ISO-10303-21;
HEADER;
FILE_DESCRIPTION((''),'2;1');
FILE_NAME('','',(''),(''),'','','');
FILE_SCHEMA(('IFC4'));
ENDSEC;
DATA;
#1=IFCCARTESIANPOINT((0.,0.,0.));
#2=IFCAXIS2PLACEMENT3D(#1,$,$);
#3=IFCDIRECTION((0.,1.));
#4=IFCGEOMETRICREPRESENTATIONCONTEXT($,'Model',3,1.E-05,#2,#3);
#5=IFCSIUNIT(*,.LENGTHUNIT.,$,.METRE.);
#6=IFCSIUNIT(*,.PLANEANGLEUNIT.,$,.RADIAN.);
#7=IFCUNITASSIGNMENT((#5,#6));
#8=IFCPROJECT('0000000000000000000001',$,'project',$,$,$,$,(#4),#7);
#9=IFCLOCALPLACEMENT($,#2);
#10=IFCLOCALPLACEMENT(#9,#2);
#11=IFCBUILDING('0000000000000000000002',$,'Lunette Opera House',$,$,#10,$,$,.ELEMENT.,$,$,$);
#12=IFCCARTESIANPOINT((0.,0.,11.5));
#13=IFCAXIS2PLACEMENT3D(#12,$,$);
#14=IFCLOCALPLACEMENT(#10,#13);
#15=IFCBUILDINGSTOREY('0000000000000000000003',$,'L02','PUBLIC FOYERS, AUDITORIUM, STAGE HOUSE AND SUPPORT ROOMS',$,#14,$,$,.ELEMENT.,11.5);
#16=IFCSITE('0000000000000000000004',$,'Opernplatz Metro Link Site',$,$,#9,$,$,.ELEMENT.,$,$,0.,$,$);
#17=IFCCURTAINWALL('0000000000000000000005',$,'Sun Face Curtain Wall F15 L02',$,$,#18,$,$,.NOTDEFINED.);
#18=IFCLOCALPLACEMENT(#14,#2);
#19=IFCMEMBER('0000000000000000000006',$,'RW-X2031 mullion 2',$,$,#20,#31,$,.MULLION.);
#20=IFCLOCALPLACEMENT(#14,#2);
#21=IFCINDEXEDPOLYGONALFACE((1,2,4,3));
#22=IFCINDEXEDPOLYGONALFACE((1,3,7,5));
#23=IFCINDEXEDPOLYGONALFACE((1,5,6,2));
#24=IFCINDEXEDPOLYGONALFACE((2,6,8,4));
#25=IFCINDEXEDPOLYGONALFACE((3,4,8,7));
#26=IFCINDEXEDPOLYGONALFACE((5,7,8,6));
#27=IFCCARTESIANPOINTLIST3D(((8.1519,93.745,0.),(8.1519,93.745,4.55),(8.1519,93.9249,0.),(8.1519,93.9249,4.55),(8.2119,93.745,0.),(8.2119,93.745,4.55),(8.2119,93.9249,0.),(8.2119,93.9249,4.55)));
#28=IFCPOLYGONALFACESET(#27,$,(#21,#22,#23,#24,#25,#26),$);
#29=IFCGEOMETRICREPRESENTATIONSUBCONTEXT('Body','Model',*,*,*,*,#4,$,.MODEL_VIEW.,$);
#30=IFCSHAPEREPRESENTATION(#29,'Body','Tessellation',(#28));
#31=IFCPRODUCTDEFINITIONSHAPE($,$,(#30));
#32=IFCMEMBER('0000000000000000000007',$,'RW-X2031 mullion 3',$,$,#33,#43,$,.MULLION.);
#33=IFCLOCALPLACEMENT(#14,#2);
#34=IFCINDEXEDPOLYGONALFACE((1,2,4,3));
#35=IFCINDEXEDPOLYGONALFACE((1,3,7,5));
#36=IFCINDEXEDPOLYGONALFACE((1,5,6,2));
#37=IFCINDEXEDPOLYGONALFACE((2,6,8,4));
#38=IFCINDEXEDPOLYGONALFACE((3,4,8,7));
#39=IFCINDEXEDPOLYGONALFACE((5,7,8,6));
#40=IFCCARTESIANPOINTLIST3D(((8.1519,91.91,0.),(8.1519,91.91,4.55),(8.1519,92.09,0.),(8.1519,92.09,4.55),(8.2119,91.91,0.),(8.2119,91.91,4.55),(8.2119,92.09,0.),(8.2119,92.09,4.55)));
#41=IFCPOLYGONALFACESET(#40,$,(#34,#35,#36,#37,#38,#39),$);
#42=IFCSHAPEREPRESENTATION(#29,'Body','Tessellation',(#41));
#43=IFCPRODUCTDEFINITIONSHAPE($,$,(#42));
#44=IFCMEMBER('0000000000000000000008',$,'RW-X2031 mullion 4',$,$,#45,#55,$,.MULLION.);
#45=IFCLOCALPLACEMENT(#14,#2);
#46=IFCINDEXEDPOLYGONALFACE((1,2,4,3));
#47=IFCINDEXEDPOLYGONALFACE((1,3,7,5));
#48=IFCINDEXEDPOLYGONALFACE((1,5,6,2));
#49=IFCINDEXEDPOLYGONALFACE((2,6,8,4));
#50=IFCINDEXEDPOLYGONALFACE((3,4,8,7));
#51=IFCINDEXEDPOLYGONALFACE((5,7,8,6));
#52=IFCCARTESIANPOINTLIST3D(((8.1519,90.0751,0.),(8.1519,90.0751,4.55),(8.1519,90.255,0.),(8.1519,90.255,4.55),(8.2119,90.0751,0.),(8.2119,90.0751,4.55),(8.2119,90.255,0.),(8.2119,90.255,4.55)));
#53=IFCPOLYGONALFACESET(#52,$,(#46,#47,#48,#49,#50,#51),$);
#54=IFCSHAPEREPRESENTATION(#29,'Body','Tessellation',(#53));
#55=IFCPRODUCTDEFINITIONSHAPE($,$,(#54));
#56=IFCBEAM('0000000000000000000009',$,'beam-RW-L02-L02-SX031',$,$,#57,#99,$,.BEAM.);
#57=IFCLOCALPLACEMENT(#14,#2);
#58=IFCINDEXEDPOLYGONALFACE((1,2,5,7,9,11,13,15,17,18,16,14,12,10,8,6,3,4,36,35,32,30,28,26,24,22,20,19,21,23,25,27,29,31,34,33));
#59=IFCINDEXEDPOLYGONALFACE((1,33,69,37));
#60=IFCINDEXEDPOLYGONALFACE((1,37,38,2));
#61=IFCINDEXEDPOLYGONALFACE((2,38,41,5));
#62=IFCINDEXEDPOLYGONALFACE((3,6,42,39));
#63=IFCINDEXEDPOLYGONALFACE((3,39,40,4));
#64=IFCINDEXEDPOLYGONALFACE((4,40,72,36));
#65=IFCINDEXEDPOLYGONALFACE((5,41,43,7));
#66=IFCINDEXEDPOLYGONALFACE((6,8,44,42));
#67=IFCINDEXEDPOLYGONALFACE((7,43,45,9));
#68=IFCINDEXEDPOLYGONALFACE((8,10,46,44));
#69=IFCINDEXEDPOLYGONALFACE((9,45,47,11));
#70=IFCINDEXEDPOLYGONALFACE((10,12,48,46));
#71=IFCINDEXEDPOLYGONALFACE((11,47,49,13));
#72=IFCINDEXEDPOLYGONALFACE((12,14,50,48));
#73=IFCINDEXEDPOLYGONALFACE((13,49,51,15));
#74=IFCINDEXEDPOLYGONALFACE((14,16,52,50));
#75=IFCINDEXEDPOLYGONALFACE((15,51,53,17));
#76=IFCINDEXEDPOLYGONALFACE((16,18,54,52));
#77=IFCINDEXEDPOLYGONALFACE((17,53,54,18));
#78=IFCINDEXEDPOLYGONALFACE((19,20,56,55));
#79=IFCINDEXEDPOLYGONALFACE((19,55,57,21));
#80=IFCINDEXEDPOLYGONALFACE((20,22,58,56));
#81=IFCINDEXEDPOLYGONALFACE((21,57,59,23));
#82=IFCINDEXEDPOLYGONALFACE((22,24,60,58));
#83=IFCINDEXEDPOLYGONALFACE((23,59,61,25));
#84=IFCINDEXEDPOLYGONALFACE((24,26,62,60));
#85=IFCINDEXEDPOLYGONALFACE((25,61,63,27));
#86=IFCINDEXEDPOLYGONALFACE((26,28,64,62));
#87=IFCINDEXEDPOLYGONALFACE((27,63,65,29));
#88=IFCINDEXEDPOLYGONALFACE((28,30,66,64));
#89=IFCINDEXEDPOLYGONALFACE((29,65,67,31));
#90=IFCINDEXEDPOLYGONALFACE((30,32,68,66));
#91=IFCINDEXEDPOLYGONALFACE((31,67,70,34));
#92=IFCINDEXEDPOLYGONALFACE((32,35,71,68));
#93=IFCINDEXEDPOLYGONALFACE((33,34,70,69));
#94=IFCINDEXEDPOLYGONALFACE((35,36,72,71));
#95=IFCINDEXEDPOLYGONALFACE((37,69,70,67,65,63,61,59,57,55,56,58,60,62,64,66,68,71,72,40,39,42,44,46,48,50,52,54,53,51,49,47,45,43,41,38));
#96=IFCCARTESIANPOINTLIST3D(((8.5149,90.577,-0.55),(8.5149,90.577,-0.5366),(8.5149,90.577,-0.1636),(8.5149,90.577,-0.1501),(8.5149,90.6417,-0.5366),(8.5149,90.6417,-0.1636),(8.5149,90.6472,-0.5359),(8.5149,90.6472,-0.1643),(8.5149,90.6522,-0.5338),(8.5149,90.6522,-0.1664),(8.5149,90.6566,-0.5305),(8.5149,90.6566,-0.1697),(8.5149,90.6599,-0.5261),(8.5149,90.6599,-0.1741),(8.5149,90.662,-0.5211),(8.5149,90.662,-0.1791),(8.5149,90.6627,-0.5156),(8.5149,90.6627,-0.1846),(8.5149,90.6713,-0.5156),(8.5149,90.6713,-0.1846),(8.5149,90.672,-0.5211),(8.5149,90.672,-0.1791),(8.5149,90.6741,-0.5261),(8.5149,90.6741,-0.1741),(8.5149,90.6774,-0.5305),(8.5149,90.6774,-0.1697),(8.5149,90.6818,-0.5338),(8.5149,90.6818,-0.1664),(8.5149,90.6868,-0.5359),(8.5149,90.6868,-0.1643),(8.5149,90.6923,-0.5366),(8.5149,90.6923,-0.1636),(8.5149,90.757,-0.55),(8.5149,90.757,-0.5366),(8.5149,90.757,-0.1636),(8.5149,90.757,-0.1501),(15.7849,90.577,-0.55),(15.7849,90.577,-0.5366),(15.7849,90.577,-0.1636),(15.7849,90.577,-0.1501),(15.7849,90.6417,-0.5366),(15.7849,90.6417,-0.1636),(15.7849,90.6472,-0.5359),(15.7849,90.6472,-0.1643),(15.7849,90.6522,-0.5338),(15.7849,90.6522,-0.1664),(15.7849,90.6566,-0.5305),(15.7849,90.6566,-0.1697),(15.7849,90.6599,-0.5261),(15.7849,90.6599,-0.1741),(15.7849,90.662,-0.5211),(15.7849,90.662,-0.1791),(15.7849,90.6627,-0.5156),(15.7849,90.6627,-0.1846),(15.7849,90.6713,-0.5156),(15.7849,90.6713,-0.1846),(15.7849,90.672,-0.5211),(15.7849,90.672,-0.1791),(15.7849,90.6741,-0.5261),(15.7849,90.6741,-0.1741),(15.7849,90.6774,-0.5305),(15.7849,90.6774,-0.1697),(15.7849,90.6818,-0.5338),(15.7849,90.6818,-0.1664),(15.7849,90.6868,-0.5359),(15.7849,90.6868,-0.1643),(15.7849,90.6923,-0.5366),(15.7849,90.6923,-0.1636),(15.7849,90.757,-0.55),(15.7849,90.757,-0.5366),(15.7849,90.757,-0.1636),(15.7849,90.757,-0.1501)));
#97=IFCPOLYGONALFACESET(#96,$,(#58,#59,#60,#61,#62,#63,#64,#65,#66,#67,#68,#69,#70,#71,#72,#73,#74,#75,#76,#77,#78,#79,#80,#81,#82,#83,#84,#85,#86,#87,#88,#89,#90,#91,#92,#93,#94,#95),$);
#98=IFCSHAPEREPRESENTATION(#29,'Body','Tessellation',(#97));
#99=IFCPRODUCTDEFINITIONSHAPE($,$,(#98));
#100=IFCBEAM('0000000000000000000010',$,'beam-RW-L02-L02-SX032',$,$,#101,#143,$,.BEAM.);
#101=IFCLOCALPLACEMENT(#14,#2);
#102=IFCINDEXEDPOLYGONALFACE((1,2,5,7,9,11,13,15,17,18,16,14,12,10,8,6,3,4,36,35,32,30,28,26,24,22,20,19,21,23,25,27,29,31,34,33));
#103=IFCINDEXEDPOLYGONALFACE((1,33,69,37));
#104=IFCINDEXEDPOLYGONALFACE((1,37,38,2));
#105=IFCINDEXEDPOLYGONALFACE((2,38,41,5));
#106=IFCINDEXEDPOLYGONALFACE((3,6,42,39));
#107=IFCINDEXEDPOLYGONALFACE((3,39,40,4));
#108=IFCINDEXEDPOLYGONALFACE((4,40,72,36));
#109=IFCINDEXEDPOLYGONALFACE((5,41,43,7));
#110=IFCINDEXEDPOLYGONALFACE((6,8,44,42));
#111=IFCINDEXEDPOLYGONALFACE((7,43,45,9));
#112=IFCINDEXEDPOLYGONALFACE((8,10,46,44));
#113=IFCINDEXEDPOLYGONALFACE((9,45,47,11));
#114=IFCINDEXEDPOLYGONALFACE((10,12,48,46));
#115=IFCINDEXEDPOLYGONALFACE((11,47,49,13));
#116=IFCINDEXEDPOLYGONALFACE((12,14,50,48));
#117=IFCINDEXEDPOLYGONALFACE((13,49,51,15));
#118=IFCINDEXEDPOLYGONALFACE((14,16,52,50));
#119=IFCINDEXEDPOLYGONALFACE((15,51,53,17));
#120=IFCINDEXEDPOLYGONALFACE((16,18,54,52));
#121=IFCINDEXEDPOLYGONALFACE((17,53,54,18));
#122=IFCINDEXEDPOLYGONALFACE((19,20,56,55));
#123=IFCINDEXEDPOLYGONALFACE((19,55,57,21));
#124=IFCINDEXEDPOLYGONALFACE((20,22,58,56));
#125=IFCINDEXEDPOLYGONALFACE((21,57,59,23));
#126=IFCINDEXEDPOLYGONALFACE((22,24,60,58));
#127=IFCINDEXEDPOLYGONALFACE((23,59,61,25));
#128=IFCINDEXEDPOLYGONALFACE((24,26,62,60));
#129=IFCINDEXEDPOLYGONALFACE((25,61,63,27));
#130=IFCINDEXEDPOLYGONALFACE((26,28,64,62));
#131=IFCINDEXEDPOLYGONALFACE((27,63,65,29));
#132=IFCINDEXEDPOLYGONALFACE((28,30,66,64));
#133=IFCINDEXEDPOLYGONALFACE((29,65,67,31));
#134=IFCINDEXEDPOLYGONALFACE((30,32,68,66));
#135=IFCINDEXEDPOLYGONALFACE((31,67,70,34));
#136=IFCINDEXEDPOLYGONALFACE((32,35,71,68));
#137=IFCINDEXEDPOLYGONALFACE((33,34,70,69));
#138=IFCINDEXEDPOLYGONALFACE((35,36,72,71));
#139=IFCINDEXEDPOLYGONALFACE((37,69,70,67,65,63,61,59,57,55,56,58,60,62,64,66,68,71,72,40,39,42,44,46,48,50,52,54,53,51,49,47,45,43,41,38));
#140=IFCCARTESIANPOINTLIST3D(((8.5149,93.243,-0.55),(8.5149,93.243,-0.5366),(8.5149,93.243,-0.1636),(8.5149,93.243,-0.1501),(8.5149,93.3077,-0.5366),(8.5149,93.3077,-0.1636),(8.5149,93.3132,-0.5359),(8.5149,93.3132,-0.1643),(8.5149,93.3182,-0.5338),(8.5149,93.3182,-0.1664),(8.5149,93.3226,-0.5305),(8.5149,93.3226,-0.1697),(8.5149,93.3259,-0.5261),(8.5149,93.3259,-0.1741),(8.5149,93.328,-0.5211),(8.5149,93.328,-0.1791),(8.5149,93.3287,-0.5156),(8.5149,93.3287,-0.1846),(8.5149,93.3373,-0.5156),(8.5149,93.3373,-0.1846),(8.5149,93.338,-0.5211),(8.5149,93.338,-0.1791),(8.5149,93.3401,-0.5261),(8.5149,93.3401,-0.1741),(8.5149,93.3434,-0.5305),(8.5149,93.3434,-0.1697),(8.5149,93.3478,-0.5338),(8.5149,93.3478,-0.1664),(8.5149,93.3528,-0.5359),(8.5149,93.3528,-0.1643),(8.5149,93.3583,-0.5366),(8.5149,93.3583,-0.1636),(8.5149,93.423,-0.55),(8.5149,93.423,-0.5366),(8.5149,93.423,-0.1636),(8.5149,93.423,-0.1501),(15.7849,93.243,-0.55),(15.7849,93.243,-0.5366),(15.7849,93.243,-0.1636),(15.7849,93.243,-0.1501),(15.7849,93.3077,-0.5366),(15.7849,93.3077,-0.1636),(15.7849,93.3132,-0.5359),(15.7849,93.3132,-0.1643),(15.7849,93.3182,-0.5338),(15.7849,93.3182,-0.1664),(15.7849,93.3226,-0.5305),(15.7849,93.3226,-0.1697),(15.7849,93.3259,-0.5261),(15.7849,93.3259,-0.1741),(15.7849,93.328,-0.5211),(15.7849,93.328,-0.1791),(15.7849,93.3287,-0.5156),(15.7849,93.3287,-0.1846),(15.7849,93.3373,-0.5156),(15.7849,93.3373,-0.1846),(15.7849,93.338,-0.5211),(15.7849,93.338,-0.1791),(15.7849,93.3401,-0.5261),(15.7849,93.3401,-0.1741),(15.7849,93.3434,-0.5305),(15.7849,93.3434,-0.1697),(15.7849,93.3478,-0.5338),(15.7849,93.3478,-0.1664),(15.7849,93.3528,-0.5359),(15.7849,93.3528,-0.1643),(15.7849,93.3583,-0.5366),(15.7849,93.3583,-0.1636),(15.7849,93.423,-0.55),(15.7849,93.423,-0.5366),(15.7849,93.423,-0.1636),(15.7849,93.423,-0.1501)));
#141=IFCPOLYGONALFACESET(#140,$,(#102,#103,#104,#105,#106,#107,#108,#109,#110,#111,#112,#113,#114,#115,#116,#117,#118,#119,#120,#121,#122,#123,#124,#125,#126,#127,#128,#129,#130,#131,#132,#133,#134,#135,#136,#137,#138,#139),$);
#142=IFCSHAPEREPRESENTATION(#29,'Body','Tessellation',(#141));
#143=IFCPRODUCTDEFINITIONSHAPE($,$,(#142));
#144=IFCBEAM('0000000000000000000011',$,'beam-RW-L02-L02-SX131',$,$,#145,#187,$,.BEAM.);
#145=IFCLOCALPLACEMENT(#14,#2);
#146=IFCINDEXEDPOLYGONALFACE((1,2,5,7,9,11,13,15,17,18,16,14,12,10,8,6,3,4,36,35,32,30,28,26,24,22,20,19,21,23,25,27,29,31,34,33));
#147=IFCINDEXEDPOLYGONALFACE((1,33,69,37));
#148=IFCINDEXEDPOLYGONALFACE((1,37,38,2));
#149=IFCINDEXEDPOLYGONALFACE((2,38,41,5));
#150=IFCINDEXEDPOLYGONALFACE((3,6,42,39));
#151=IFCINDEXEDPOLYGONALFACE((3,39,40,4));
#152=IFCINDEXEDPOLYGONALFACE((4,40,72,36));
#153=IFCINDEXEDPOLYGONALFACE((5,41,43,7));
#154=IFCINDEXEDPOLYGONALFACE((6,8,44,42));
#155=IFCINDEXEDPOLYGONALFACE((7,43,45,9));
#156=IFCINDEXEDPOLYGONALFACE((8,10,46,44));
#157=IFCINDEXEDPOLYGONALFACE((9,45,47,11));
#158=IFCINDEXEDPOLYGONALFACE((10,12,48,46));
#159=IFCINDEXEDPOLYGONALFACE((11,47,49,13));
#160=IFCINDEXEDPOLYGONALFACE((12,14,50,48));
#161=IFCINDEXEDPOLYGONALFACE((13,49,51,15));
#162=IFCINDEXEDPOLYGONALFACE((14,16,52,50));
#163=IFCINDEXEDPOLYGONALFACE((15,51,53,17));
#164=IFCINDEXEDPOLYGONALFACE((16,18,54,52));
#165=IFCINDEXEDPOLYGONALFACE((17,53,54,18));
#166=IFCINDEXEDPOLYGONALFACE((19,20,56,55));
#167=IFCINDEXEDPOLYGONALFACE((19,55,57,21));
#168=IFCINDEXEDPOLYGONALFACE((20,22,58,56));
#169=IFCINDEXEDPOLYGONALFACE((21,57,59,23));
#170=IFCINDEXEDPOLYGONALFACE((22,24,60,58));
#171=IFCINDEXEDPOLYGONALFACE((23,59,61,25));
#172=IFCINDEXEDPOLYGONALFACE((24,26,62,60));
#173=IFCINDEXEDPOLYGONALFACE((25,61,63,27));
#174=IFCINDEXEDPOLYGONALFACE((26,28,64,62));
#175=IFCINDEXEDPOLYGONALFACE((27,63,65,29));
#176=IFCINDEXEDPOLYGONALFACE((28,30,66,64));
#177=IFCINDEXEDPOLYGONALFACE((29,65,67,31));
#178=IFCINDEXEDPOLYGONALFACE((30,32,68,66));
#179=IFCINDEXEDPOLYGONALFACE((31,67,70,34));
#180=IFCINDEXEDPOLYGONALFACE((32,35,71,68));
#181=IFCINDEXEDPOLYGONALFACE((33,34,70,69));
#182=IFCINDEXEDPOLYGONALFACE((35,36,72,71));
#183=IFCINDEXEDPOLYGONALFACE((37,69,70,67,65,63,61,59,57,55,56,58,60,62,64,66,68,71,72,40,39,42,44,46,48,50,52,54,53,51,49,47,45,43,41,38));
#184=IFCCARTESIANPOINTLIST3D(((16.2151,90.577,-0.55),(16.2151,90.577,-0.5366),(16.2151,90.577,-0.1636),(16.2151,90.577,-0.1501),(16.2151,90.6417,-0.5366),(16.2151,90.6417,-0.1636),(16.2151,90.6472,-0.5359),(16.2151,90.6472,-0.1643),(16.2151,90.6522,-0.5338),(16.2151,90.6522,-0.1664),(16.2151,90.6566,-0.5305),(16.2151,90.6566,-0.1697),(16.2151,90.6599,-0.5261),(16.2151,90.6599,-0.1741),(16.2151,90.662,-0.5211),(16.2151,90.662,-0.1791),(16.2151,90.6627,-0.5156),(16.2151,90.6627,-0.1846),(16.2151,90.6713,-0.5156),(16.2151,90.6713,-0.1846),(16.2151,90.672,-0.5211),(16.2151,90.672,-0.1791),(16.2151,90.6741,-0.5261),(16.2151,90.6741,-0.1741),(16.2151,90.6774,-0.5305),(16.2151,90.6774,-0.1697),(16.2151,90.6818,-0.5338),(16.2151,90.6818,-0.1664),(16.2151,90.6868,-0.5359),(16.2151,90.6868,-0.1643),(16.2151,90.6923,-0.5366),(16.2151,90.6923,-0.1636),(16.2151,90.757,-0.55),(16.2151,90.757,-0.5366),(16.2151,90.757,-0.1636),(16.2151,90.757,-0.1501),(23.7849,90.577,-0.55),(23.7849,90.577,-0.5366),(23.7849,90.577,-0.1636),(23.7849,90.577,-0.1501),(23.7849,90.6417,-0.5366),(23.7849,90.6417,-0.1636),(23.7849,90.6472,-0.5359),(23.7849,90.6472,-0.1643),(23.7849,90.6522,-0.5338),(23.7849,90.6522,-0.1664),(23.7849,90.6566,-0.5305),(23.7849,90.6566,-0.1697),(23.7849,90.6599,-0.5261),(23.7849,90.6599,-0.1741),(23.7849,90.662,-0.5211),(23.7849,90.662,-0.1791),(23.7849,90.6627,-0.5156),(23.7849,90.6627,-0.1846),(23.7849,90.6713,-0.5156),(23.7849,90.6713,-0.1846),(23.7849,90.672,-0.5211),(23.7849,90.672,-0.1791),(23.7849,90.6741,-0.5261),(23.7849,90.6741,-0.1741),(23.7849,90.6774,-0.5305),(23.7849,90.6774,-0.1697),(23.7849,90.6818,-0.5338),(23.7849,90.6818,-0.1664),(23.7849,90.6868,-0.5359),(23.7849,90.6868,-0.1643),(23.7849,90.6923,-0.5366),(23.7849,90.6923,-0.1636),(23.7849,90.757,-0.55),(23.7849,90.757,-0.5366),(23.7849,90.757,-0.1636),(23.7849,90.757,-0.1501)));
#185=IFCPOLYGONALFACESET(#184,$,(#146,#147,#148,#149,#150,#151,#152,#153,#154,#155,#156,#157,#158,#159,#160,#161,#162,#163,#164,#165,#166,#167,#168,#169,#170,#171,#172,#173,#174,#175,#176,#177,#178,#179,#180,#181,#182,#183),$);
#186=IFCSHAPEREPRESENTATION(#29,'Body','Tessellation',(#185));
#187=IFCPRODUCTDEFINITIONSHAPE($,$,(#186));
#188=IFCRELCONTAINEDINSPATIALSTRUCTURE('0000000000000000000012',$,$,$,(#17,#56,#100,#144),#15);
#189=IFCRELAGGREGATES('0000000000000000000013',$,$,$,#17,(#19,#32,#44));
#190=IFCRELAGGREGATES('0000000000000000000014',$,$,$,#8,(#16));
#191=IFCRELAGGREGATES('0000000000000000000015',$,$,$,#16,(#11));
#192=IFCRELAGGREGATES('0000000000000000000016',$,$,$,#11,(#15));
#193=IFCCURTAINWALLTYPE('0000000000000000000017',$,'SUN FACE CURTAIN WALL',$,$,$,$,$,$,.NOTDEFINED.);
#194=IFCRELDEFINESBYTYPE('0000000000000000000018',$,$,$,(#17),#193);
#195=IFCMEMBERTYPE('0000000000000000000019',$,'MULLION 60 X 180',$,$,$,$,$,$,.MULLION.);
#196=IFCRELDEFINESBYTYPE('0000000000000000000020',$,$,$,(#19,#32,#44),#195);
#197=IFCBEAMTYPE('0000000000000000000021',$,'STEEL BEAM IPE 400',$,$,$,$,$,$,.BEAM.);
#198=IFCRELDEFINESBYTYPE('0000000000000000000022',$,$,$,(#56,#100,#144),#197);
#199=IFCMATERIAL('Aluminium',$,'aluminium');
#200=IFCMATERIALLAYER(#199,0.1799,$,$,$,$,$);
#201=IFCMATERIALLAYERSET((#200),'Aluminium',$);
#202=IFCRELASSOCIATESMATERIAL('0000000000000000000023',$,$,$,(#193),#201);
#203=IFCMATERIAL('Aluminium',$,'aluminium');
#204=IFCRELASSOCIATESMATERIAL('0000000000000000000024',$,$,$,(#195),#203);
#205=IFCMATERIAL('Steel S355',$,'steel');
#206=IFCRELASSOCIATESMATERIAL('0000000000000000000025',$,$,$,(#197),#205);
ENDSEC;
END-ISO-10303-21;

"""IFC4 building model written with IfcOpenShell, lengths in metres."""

from ifc_helpers import new_model, si_unit, direction, frame, origin, origin_2d, place, context, subcontext, project, spatial, rectangle, i_section, extrude, material, layer, layer_set, material_profile, profile_set, type_object, element, aggregate, save


model = new_model("IFC4")

# Units and contexts
model_context = context("Model", 3, precision=1e-05, world=origin(), true_north=direction((0.0, 1.0)))
body_context = subcontext(model_context, "Body", "Model", "MODEL_VIEW")
ifc_project = project(units=[si_unit("LENGTHUNIT", "METRE"), si_unit("PLANEANGLEUNIT", "RADIAN")], contexts=[model_context])

# Site, building, storey
site_placement = place(None, origin())
site = spatial("IfcSite", under=ifc_project, at=site_placement, Name="Opernplatz Metro Link Site", CompositionType="ELEMENT", RefElevation=0.0)
building_placement = place(site_placement, origin())
building = spatial("IfcBuilding", under=site, at=building_placement, Name="Lunette Opera House", CompositionType="ELEMENT")
storey_placement = place(building_placement, frame((0.0, 0.0, 11.5)))
storey = spatial("IfcBuildingStorey", under=building, at=storey_placement, Name="L02", Description="PUBLIC FOYERS, AUDITORIUM, STAGE HOUSE AND SUPPORT ROOMS", CompositionType="ELEMENT", Elevation=11.5)

# Curtain wall, members
ifc_material_1 = material(Name="Aluminium", Category="aluminium")
ifc_layer_1 = layer(ifc_material_1, 0.1799)
ifc_layer_set_1 = layer_set([ifc_layer_1], Name="Aluminium")
curtain_wall_type = type_object("IfcCurtainWallType", Name="SUN FACE CURTAIN WALL", PredefinedType="NOTDEFINED", material=ifc_layer_set_1)
curtain_wall_placement = place(storey_placement, origin())
curtain_wall = element("IfcCurtainWall", 1, at=curtain_wall_placement, inside=storey, type_object=curtain_wall_type, Name="Sun Face Curtain Wall F15 L02", PredefinedType="NOTDEFINED")
ifc_material_2 = material(Name="Aluminium", Category="aluminium")
ifc_material_profile_1 = material_profile(ifc_material_2, rectangle(XDim=0.0601, YDim=0.1799, at=origin_2d()), Name="MULLION 60 X 180")
ifc_profile_set_1 = profile_set([ifc_material_profile_1], Name="Aluminium")
member_type_1 = type_object("IfcMemberType", Name="MULLION 60 X 180", PredefinedType="MULLION", material=ifc_profile_set_1)
member_1_placement = place(storey_placement, frame((8.1819, 93.835, 0.0), z_axis=(0.0, 0.0, 1.0), x_axis=(1.0, 0.0, 0.0)))
member_1 = element("IfcMember", 2, at=member_1_placement, type_object=member_type_1, Name="RW-X2031 mullion 2", PredefinedType="MULLION", context=body_context, shape_type="SweptSolid", body=[
    extrude(rectangle(XDim=0.0601, YDim=0.1799, at=origin_2d()), origin(), (0.0, 0.0, 1.0), 4.55),
])
member_2_placement = place(storey_placement, frame((8.1819, 92.0, 0.0), z_axis=(0.0, 0.0, 1.0), x_axis=(1.0, 0.0, 0.0)))
member_2 = element("IfcMember", 3, at=member_2_placement, type_object=member_type_1, Name="RW-X2031 mullion 3", PredefinedType="MULLION", context=body_context, shape_type="SweptSolid", body=[
    extrude(rectangle(XDim=0.0601, YDim=0.1799, at=origin_2d()), origin(), (0.0, 0.0, 1.0), 4.55),
])
member_3_placement = place(storey_placement, frame((8.1819, 90.165, 0.0), z_axis=(0.0, 0.0, 1.0), x_axis=(1.0, 0.0, 0.0)))
member_3 = element("IfcMember", 4, at=member_3_placement, type_object=member_type_1, Name="RW-X2031 mullion 4", PredefinedType="MULLION", context=body_context, shape_type="SweptSolid", body=[
    extrude(rectangle(XDim=0.0601, YDim=0.1799, at=origin_2d()), origin(), (0.0, 0.0, 1.0), 4.55),
])

# Beams
ifc_material_3 = material(Name="Steel S355", Category="steel")
ifc_material_profile_2 = material_profile(ifc_material_3, i_section(OverallWidth=0.1799, OverallDepth=0.3999, WebThickness=0.0085, FlangeThickness=0.0134, FilletRadius=0.021, at=origin_2d()), Name="IPE 400")
ifc_profile_set_2 = profile_set([ifc_material_profile_2], Name="Steel S355")
beam_type = type_object("IfcBeamType", Name="STEEL BEAM IPE 400", PredefinedType="BEAM", material=ifc_profile_set_2)
for number, where, z_axis, x_axis, name in (
    (5, (8.5149, 90.667, -0.3501), (1.0, 0.0, 0.0), (0.0, 1.0, 0.0), "beam-RW-L02-L02-SX031"),
    (6, (8.5149, 93.333, -0.3501), (1.0, 0.0, 0.0), (0.0, 1.0, 0.0), "beam-RW-L02-L02-SX032"),
):
    element("IfcBeam", number, at=place(storey_placement, frame(where, z_axis=z_axis, x_axis=x_axis)), inside=storey, type_object=beam_type, Name=name, PredefinedType="BEAM", context=body_context, shape_type="SweptSolid", body=[
        extrude(i_section(OverallWidth=0.1799, OverallDepth=0.3999, WebThickness=0.0085, FlangeThickness=0.0134, FilletRadius=0.021, at=origin_2d()), origin(), (0.0, 0.0, 1.0), 7.27),
    ])
for number, where, z_axis, x_axis, name in (
    (7, (16.2151, 90.667, -0.3501), (1.0, 0.0, 0.0), (0.0, 1.0, 0.0), "beam-RW-L02-L02-SX131"),
):
    element("IfcBeam", number, at=place(storey_placement, frame(where, z_axis=z_axis, x_axis=x_axis)), inside=storey, type_object=beam_type, Name=name, PredefinedType="BEAM", context=body_context, shape_type="SweptSolid", body=[
        extrude(i_section(OverallWidth=0.1799, OverallDepth=0.3999, WebThickness=0.0085, FlangeThickness=0.0134, FilletRadius=0.021, at=origin_2d()), origin(), (0.0, 0.0, 1.0), 7.5698),
    ])

aggregate(curtain_wall, [member_1, member_2, member_3])

save(model, "model.ifc")
